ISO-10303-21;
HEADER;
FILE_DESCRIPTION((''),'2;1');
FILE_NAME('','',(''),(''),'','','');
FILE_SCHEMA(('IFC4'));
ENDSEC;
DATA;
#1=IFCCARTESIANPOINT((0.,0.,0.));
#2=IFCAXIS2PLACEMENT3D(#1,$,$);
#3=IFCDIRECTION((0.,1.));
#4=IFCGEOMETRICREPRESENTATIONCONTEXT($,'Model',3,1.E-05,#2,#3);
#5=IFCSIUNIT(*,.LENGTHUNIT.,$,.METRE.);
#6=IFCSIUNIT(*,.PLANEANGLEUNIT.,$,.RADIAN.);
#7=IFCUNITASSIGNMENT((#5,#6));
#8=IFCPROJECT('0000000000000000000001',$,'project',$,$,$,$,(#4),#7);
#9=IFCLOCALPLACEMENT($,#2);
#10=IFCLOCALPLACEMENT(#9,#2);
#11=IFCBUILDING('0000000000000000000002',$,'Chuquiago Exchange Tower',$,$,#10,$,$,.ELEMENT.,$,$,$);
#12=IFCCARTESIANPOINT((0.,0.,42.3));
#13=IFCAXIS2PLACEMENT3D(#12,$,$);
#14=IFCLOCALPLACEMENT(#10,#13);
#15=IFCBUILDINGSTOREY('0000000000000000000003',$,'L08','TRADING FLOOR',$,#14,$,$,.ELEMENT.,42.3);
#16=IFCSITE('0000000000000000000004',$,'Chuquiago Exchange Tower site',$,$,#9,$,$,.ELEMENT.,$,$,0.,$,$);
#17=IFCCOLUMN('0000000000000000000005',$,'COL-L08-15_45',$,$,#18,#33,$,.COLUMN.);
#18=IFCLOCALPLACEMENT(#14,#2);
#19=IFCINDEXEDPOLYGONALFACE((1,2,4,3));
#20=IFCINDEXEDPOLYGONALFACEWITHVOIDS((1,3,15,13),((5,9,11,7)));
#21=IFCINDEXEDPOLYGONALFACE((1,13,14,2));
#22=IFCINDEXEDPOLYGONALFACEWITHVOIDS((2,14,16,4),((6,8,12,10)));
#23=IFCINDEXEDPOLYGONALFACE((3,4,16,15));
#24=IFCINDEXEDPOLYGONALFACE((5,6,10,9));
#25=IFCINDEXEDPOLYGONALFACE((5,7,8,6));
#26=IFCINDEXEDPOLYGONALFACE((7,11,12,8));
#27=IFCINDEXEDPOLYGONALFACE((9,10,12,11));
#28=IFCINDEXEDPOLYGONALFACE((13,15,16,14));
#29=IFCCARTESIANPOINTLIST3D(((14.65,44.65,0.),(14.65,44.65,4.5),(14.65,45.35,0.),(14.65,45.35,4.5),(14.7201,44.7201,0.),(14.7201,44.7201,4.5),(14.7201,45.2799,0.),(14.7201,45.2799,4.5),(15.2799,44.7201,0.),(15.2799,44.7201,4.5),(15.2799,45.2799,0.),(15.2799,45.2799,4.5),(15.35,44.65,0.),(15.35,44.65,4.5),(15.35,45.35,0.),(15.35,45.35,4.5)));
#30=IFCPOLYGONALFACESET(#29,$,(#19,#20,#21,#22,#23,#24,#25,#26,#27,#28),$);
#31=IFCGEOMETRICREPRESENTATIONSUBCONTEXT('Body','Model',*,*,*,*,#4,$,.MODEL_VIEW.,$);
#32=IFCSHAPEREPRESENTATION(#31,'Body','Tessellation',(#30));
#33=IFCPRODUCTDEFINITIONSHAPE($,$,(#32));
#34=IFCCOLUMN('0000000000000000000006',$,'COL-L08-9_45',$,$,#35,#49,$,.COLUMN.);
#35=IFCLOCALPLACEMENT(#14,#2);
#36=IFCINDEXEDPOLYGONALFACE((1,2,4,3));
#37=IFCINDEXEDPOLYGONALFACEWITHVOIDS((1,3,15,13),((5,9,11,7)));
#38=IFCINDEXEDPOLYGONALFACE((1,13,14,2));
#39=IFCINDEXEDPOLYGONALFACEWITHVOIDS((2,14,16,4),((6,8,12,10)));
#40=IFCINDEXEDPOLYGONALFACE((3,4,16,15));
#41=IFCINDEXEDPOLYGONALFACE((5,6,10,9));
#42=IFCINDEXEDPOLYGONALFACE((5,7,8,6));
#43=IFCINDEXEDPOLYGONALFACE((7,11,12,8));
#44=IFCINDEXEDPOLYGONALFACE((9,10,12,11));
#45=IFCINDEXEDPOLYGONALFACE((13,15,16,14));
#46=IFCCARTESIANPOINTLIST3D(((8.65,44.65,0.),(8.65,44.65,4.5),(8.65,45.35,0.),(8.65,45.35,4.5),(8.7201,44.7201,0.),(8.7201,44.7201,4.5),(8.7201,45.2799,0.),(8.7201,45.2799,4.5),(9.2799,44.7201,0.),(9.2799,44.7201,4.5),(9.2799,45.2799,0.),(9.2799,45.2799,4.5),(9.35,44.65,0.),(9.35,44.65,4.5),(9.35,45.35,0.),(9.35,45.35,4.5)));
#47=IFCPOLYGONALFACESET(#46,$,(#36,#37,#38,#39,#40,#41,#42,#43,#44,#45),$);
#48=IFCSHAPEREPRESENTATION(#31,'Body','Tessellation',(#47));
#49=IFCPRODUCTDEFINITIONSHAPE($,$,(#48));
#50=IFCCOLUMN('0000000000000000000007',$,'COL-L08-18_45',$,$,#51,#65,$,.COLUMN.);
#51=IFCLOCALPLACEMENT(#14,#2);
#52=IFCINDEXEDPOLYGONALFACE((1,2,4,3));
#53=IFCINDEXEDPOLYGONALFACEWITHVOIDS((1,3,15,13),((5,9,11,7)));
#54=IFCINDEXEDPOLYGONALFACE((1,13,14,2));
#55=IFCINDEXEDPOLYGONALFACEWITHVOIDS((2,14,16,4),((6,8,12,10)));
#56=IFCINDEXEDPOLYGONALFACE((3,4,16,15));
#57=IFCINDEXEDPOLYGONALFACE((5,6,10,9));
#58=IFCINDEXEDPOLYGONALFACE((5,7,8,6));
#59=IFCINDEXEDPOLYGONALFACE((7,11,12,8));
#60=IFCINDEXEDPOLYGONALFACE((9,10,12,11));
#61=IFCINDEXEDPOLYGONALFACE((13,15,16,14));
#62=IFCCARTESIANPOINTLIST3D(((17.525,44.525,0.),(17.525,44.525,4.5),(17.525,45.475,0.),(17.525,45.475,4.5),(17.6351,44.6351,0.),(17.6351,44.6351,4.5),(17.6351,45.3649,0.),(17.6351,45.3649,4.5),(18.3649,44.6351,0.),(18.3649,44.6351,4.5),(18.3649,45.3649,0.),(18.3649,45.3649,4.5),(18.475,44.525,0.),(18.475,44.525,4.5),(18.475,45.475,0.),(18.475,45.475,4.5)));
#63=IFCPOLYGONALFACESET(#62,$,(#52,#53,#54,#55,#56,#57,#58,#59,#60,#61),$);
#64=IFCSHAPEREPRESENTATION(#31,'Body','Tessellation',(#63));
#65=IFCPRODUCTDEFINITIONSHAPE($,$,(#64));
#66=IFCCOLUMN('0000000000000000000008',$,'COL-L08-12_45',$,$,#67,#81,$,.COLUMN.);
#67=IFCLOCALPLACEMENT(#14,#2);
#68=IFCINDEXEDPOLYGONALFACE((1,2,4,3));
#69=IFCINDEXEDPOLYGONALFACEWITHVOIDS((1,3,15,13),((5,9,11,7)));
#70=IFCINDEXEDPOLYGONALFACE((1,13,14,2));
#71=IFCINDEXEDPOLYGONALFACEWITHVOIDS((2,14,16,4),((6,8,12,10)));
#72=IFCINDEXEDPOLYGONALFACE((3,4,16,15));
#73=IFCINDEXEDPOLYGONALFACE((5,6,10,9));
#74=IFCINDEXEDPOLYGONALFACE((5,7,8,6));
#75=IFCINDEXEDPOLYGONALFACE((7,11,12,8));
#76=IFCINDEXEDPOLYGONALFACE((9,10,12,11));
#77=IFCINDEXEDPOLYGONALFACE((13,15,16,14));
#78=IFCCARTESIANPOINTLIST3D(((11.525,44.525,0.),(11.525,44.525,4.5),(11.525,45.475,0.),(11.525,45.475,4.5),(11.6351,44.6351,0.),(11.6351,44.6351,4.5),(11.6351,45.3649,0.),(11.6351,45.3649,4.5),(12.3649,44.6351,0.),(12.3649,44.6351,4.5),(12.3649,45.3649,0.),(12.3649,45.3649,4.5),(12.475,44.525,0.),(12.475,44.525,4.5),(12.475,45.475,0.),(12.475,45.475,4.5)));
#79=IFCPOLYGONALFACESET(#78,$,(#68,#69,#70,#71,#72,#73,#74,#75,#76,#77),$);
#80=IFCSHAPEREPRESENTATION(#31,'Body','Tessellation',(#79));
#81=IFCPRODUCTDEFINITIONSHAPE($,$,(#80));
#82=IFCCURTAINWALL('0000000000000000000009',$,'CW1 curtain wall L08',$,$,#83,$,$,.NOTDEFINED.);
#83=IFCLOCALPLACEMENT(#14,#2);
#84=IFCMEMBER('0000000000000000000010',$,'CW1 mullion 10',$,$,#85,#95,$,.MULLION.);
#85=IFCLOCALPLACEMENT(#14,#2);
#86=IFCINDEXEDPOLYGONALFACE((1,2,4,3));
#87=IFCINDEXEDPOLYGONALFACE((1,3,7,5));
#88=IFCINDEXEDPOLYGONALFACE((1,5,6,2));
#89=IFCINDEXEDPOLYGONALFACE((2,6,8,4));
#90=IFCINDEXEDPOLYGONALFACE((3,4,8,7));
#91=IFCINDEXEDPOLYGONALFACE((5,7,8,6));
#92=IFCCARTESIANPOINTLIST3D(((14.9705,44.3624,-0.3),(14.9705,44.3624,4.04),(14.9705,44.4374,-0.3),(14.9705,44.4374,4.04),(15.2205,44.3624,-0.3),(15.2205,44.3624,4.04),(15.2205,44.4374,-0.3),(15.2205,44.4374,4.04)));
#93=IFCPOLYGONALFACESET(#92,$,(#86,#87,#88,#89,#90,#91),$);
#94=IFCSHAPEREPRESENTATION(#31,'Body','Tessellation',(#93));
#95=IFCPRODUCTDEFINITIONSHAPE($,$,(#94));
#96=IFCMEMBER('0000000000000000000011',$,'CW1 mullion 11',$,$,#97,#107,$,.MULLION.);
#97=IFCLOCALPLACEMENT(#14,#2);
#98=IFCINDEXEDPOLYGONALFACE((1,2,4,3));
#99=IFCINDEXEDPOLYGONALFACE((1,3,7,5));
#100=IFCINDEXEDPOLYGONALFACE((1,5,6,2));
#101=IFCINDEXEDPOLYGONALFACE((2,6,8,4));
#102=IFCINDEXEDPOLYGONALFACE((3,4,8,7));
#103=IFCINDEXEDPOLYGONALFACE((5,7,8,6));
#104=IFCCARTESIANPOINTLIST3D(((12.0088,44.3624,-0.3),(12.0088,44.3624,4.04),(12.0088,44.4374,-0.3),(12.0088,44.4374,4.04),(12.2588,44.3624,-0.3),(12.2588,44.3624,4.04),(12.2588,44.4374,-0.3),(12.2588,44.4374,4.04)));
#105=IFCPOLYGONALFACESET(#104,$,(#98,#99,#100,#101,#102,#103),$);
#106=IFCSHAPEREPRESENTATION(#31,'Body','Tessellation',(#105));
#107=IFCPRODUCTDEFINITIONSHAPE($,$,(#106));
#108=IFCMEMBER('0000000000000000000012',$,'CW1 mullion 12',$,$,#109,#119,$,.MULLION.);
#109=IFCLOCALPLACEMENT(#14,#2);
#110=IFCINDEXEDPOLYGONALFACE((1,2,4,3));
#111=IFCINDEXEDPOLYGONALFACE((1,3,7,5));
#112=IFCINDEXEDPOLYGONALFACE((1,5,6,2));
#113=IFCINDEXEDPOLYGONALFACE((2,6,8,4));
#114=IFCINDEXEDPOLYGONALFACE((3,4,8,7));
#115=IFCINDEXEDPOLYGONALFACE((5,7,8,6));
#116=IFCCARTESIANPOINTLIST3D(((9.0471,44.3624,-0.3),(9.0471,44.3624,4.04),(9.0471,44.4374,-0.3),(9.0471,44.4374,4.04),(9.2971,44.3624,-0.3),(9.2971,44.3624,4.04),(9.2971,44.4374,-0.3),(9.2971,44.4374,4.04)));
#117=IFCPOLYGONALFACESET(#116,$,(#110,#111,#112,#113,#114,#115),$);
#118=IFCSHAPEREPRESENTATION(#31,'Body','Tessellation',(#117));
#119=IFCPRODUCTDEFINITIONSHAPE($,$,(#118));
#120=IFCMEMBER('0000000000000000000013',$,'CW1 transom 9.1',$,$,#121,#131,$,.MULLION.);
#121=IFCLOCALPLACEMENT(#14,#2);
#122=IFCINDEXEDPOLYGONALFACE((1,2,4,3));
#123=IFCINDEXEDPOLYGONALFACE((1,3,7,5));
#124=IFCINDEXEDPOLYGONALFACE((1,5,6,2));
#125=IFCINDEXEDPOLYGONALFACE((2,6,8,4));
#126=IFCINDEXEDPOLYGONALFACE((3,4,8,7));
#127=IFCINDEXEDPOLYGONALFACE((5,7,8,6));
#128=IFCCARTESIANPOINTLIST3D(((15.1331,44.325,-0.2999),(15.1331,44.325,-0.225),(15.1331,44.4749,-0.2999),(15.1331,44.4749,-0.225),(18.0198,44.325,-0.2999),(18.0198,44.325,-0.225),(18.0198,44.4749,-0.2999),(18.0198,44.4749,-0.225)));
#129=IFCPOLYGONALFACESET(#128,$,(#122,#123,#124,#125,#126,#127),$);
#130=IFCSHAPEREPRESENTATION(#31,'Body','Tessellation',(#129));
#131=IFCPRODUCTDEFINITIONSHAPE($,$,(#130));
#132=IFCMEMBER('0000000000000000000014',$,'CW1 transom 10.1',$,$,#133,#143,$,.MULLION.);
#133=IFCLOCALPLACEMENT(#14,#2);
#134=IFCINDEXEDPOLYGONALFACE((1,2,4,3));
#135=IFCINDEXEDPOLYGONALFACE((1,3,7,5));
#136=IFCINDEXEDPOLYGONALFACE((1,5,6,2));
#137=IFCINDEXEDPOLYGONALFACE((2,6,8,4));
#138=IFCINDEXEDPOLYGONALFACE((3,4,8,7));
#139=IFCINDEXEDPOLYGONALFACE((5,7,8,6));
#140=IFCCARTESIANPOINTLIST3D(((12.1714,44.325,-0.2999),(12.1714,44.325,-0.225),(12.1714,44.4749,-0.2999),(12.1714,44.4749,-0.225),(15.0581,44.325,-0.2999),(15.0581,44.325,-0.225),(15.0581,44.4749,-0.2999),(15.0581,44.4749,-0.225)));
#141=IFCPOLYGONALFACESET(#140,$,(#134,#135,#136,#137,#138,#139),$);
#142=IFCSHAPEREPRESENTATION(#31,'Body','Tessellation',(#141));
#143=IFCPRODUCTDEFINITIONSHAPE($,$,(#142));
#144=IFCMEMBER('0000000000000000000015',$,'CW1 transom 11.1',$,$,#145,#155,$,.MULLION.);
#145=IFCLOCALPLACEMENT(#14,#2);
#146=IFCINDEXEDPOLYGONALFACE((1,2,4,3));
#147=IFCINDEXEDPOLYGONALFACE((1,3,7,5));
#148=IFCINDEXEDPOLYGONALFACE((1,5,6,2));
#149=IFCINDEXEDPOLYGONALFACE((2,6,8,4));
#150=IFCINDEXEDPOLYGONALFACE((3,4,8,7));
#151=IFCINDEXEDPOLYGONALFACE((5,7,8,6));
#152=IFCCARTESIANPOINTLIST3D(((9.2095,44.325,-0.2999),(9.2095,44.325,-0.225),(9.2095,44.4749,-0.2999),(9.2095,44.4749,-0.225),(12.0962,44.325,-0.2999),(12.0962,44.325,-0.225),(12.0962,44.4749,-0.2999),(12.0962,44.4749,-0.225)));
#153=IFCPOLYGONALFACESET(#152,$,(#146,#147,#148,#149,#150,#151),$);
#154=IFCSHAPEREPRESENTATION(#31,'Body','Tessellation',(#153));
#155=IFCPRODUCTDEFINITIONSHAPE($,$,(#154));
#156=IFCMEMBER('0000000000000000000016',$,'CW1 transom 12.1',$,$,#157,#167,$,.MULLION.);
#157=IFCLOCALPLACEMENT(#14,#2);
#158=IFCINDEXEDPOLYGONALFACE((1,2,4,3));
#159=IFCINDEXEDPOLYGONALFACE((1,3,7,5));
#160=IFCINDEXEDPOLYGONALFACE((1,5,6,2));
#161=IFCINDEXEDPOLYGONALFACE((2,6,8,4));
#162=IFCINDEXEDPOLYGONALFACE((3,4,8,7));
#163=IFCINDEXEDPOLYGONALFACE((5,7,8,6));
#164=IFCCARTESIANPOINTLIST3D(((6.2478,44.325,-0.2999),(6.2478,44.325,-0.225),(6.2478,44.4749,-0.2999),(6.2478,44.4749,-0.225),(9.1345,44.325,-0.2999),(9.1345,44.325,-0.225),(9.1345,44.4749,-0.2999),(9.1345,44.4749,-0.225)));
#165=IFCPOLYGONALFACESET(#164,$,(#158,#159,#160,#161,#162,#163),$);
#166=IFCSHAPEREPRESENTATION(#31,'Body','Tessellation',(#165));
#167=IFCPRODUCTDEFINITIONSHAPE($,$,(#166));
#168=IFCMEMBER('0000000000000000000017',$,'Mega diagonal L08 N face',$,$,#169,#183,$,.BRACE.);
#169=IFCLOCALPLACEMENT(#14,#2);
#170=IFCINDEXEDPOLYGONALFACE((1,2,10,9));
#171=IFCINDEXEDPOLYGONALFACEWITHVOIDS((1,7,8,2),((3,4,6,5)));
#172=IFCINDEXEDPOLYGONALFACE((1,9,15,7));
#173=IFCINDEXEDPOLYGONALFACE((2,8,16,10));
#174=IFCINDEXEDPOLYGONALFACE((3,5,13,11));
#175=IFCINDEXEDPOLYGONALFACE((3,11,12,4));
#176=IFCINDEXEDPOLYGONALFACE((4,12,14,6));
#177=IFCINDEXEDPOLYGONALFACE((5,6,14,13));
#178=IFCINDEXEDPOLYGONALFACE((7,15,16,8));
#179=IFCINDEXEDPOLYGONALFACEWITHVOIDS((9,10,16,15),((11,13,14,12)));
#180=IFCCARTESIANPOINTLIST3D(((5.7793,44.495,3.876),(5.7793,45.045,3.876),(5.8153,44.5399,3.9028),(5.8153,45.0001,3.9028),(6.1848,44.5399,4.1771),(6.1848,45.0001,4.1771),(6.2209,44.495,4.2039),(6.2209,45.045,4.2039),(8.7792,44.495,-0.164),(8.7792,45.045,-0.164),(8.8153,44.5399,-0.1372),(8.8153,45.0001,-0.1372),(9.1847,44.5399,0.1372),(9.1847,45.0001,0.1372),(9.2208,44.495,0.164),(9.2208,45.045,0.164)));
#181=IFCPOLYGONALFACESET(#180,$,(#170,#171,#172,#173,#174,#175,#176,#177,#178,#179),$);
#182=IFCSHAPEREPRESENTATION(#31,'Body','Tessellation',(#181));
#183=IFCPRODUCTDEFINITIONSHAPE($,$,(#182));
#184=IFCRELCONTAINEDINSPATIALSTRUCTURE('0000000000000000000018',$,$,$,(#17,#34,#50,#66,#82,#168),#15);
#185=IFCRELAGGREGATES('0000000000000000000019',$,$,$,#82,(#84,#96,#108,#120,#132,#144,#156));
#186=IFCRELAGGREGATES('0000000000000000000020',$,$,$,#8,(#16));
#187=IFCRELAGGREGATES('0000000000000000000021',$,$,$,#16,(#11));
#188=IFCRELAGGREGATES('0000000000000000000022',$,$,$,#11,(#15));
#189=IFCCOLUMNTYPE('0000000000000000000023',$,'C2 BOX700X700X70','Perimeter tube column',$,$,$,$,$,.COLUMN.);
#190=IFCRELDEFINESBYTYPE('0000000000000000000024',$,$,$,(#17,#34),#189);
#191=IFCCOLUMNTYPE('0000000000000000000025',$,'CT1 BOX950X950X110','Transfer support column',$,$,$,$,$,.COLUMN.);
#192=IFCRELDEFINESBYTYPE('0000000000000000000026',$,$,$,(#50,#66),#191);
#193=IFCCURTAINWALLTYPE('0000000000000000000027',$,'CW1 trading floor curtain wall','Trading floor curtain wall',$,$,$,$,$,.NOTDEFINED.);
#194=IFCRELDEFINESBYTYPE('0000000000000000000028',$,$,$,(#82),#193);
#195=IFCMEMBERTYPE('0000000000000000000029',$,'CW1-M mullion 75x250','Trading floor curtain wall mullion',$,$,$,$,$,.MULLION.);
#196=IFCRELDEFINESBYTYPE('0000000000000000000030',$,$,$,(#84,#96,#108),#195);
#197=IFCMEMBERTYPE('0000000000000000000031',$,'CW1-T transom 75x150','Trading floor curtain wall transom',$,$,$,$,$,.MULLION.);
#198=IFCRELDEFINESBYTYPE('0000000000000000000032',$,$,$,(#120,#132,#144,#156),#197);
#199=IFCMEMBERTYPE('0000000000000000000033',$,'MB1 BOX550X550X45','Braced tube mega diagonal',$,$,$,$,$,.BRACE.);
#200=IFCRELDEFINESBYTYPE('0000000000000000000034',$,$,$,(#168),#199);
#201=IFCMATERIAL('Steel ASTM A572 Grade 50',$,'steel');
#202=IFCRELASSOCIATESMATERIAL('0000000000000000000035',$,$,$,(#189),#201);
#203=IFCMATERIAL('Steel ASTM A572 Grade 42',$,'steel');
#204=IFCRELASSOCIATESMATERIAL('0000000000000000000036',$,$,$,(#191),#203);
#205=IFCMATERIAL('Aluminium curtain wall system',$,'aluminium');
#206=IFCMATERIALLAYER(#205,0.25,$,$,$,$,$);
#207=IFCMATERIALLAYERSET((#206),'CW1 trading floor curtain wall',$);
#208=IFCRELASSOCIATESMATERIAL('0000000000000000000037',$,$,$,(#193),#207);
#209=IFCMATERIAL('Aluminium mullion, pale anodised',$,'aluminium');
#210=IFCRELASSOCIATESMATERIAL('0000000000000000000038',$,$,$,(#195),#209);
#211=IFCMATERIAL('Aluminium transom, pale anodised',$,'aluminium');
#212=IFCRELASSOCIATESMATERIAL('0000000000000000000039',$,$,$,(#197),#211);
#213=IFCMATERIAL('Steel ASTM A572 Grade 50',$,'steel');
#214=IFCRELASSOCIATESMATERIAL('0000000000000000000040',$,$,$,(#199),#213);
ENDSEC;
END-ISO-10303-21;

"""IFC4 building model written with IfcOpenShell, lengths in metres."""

from ifc_helpers import new_model, si_unit, direction, frame, origin, origin_2d, place, context, subcontext, project, spatial, rectangle, hollow_rectangle, extrude, material, layer, layer_set, material_profile, profile_set, type_object, element, aggregate, save


model = new_model("IFC4")

# Units and contexts
model_context = context("Model", 3, precision=1e-05, world=origin(), true_north=direction((0.0, 1.0)))
body_context = subcontext(model_context, "Body", "Model", "MODEL_VIEW")
ifc_project = project(units=[si_unit("LENGTHUNIT", "METRE"), si_unit("PLANEANGLEUNIT", "RADIAN")], contexts=[model_context])

# Site, building, storey
site_placement = place(None, origin())
site = spatial("IfcSite", under=ifc_project, at=site_placement, Name="Chuquiago Exchange Tower site", CompositionType="ELEMENT", RefElevation=0.0)
building_placement = place(site_placement, origin())
building = spatial("IfcBuilding", under=site, at=building_placement, Name="Chuquiago Exchange Tower", CompositionType="ELEMENT")
storey_placement = place(building_placement, frame((0.0, 0.0, 42.3)))
storey = spatial("IfcBuildingStorey", under=building, at=storey_placement, Name="L08", Description="TRADING FLOOR", CompositionType="ELEMENT", Elevation=42.3)

# Columns
ifc_material_1 = material(Name="Steel ASTM A572 Grade 50", Category="steel")
ifc_material_profile_1 = material_profile(ifc_material_1, hollow_rectangle(XDim=0.7, YDim=0.7, WallThickness=0.0701, at=origin_2d()), Name="BOX700X700X70")
ifc_profile_set_1 = profile_set([ifc_material_profile_1], Name="Steel ASTM A572 Grade 50")
column_type_1 = type_object("IfcColumnType", Name="C2 BOX700X700X70", Description="Perimeter tube column", PredefinedType="COLUMN", material=ifc_profile_set_1)
for number, where, z_axis, x_axis, name in (
    (1, (15.0, 45.0, 0.0), (0.0, 0.0, 1.0), (0.0, 1.0, 0.0), "COL-L08-15_45"),
    (2, (9.0, 45.0, 0.0), (0.0, 0.0, 1.0), (0.0, 1.0, 0.0), "COL-L08-9_45"),
):
    element("IfcColumn", number, at=place(storey_placement, frame(where, z_axis=z_axis, x_axis=x_axis)), inside=storey, type_object=column_type_1, Name=name, PredefinedType="COLUMN", context=body_context, shape_type="SweptSolid", body=[
        extrude(hollow_rectangle(XDim=0.7, YDim=0.7, WallThickness=0.0701, at=origin_2d()), origin(), (0.0, 0.0, 1.0), 4.5),
    ])
ifc_material_2 = material(Name="Steel ASTM A572 Grade 42", Category="steel")
ifc_material_profile_2 = material_profile(ifc_material_2, hollow_rectangle(XDim=0.95, YDim=0.95, WallThickness=0.1101, at=origin_2d()), Name="BOX950X950X110")
ifc_profile_set_2 = profile_set([ifc_material_profile_2], Name="Steel ASTM A572 Grade 42")
column_type_2 = type_object("IfcColumnType", Name="CT1 BOX950X950X110", Description="Transfer support column", PredefinedType="COLUMN", material=ifc_profile_set_2)
for number, where, z_axis, x_axis, name in (
    (3, (18.0, 45.0, 0.0), (0.0, 0.0, 1.0), (0.0, 1.0, 0.0), "COL-L08-18_45"),
    (4, (12.0, 45.0, 0.0), (0.0, 0.0, 1.0), (0.0, 1.0, 0.0), "COL-L08-12_45"),
):
    element("IfcColumn", number, at=place(storey_placement, frame(where, z_axis=z_axis, x_axis=x_axis)), inside=storey, type_object=column_type_2, Name=name, PredefinedType="COLUMN", context=body_context, shape_type="SweptSolid", body=[
        extrude(hollow_rectangle(XDim=0.95, YDim=0.95, WallThickness=0.1101, at=origin_2d()), origin(), (0.0, 0.0, 1.0), 4.5),
    ])

# Curtain wall, members
ifc_material_3 = material(Name="Aluminium curtain wall system", Category="aluminium")
ifc_layer_1 = layer(ifc_material_3, 0.25)
ifc_layer_set_1 = layer_set([ifc_layer_1], Name="CW1 trading floor curtain wall")
curtain_wall_type = type_object("IfcCurtainWallType", Name="CW1 trading floor curtain wall", Description="Trading floor curtain wall", PredefinedType="NOTDEFINED", material=ifc_layer_set_1)
curtain_wall_placement = place(storey_placement, origin())
curtain_wall = element("IfcCurtainWall", 5, at=curtain_wall_placement, inside=storey, type_object=curtain_wall_type, Name="CW1 curtain wall L08", PredefinedType="NOTDEFINED")
ifc_material_4 = material(Name="Aluminium mullion, pale anodised", Category="aluminium")
ifc_material_profile_3 = material_profile(ifc_material_4, rectangle(XDim=0.075, YDim=0.25, at=origin_2d()), Name="AL 75x250")
ifc_profile_set_3 = profile_set([ifc_material_profile_3], Name="Aluminium mullion, pale anodised")
member_type_1 = type_object("IfcMemberType", Name="CW1-M mullion 75x250", Description="Trading floor curtain wall mullion", PredefinedType="MULLION", material=ifc_profile_set_3)
member_1_placement = place(storey_placement, frame((15.0955, 44.3999, -0.3), z_axis=(0.0, 0.0, 1.0), x_axis=(0.0, -1.0, 0.0)))
member_1 = element("IfcMember", 6, at=member_1_placement, type_object=member_type_1, Name="CW1 mullion 10", PredefinedType="MULLION", context=body_context, shape_type="SweptSolid", body=[
    extrude(rectangle(XDim=0.075, YDim=0.25, at=origin_2d()), origin(), (0.0, 0.0, 1.0), 4.3401),
])
member_2_placement = place(storey_placement, frame((12.1338, 44.3999, -0.3), z_axis=(0.0, 0.0, 1.0), x_axis=(0.0, -1.0, 0.0)))
member_2 = element("IfcMember", 7, at=member_2_placement, type_object=member_type_1, Name="CW1 mullion 11", PredefinedType="MULLION", context=body_context, shape_type="SweptSolid", body=[
    extrude(rectangle(XDim=0.075, YDim=0.25, at=origin_2d()), origin(), (0.0, 0.0, 1.0), 4.3401),
])
member_3_placement = place(storey_placement, frame((9.1721, 44.3999, -0.3), z_axis=(0.0, 0.0, 1.0), x_axis=(0.0, -1.0, 0.0)))
member_3 = element("IfcMember", 8, at=member_3_placement, type_object=member_type_1, Name="CW1 mullion 12", PredefinedType="MULLION", context=body_context, shape_type="SweptSolid", body=[
    extrude(rectangle(XDim=0.075, YDim=0.25, at=origin_2d()), origin(), (0.0, 0.0, 1.0), 4.3401),
])
ifc_material_5 = material(Name="Aluminium transom, pale anodised", Category="aluminium")
ifc_material_profile_4 = material_profile(ifc_material_5, rectangle(XDim=0.1499, YDim=0.075, at=origin_2d()), Name="AL 150x75")
ifc_profile_set_4 = profile_set([ifc_material_profile_4], Name="Aluminium transom, pale anodised")
member_type_2 = type_object("IfcMemberType", Name="CW1-T transom 75x150", Description="Trading floor curtain wall transom", PredefinedType="MULLION", material=ifc_profile_set_4)
member_4_placement = place(storey_placement, frame((18.0198, 44.3999, -0.2625), z_axis=(-1.0, 0.0, 0.0), x_axis=(0.0, -1.0, 0.0)))
member_4 = element("IfcMember", 9, at=member_4_placement, type_object=member_type_2, Name="CW1 transom 9.1", PredefinedType="MULLION", context=body_context, shape_type="SweptSolid", body=[
    extrude(rectangle(XDim=0.1499, YDim=0.075, at=origin_2d()), origin(), (0.0, 0.0, 1.0), 2.8867),
])
member_5_placement = place(storey_placement, frame((15.0581, 44.3999, -0.2625), z_axis=(-1.0, 0.0, 0.0), x_axis=(0.0, -1.0, 0.0)))
member_5 = element("IfcMember", 10, at=member_5_placement, type_object=member_type_2, Name="CW1 transom 10.1", PredefinedType="MULLION", context=body_context, shape_type="SweptSolid", body=[
    extrude(rectangle(XDim=0.1499, YDim=0.075, at=origin_2d()), origin(), (0.0, 0.0, 1.0), 2.8867),
])
member_6_placement = place(storey_placement, frame((12.0962, 44.3999, -0.2625), z_axis=(-1.0, 0.0, 0.0), x_axis=(0.0, -1.0, 0.0)))
member_6 = element("IfcMember", 11, at=member_6_placement, type_object=member_type_2, Name="CW1 transom 11.1", PredefinedType="MULLION", context=body_context, shape_type="SweptSolid", body=[
    extrude(rectangle(XDim=0.1499, YDim=0.075, at=origin_2d()), origin(), (0.0, 0.0, 1.0), 2.8867),
])
member_7_placement = place(storey_placement, frame((9.1345, 44.3999, -0.2625), z_axis=(-1.0, 0.0, 0.0), x_axis=(0.0, -1.0, 0.0)))
member_7 = element("IfcMember", 12, at=member_7_placement, type_object=member_type_2, Name="CW1 transom 12.1", PredefinedType="MULLION", context=body_context, shape_type="SweptSolid", body=[
    extrude(rectangle(XDim=0.1499, YDim=0.075, at=origin_2d()), origin(), (0.0, 0.0, 1.0), 2.8867),
])

# Member
ifc_material_6 = material(Name="Steel ASTM A572 Grade 50", Category="steel")
ifc_material_profile_5 = material_profile(ifc_material_6, hollow_rectangle(XDim=0.55, YDim=0.55, WallThickness=0.0449, at=origin_2d()), Name="BOX550X550X45")
ifc_profile_set_5 = profile_set([ifc_material_profile_5], Name="Steel ASTM A572 Grade 50")
member_type_3 = type_object("IfcMemberType", Name="MB1 BOX550X550X45", Description="Braced tube mega diagonal", PredefinedType="BRACE", material=ifc_profile_set_5)
member_8_placement = place(storey_placement, frame((9.0, 44.77, 0.0), z_axis=(-0.596174, 0.0, 0.802855), x_axis=(0.0, -1.0, 0.0)))
element("IfcMember", 13, at=member_8_placement, inside=storey, type_object=member_type_3, Name="Mega diagonal L08 N face", PredefinedType="BRACE", context=body_context, shape_type="SweptSolid", body=[
    extrude(hollow_rectangle(XDim=0.55, YDim=0.55, WallThickness=0.0449, at=origin_2d()), origin(), (0.0, 0.0, 1.0), 5.032),
])

aggregate(curtain_wall, [member_1, member_2, member_3, member_4, member_5, member_6, member_7])

save(model, "model.ifc")
